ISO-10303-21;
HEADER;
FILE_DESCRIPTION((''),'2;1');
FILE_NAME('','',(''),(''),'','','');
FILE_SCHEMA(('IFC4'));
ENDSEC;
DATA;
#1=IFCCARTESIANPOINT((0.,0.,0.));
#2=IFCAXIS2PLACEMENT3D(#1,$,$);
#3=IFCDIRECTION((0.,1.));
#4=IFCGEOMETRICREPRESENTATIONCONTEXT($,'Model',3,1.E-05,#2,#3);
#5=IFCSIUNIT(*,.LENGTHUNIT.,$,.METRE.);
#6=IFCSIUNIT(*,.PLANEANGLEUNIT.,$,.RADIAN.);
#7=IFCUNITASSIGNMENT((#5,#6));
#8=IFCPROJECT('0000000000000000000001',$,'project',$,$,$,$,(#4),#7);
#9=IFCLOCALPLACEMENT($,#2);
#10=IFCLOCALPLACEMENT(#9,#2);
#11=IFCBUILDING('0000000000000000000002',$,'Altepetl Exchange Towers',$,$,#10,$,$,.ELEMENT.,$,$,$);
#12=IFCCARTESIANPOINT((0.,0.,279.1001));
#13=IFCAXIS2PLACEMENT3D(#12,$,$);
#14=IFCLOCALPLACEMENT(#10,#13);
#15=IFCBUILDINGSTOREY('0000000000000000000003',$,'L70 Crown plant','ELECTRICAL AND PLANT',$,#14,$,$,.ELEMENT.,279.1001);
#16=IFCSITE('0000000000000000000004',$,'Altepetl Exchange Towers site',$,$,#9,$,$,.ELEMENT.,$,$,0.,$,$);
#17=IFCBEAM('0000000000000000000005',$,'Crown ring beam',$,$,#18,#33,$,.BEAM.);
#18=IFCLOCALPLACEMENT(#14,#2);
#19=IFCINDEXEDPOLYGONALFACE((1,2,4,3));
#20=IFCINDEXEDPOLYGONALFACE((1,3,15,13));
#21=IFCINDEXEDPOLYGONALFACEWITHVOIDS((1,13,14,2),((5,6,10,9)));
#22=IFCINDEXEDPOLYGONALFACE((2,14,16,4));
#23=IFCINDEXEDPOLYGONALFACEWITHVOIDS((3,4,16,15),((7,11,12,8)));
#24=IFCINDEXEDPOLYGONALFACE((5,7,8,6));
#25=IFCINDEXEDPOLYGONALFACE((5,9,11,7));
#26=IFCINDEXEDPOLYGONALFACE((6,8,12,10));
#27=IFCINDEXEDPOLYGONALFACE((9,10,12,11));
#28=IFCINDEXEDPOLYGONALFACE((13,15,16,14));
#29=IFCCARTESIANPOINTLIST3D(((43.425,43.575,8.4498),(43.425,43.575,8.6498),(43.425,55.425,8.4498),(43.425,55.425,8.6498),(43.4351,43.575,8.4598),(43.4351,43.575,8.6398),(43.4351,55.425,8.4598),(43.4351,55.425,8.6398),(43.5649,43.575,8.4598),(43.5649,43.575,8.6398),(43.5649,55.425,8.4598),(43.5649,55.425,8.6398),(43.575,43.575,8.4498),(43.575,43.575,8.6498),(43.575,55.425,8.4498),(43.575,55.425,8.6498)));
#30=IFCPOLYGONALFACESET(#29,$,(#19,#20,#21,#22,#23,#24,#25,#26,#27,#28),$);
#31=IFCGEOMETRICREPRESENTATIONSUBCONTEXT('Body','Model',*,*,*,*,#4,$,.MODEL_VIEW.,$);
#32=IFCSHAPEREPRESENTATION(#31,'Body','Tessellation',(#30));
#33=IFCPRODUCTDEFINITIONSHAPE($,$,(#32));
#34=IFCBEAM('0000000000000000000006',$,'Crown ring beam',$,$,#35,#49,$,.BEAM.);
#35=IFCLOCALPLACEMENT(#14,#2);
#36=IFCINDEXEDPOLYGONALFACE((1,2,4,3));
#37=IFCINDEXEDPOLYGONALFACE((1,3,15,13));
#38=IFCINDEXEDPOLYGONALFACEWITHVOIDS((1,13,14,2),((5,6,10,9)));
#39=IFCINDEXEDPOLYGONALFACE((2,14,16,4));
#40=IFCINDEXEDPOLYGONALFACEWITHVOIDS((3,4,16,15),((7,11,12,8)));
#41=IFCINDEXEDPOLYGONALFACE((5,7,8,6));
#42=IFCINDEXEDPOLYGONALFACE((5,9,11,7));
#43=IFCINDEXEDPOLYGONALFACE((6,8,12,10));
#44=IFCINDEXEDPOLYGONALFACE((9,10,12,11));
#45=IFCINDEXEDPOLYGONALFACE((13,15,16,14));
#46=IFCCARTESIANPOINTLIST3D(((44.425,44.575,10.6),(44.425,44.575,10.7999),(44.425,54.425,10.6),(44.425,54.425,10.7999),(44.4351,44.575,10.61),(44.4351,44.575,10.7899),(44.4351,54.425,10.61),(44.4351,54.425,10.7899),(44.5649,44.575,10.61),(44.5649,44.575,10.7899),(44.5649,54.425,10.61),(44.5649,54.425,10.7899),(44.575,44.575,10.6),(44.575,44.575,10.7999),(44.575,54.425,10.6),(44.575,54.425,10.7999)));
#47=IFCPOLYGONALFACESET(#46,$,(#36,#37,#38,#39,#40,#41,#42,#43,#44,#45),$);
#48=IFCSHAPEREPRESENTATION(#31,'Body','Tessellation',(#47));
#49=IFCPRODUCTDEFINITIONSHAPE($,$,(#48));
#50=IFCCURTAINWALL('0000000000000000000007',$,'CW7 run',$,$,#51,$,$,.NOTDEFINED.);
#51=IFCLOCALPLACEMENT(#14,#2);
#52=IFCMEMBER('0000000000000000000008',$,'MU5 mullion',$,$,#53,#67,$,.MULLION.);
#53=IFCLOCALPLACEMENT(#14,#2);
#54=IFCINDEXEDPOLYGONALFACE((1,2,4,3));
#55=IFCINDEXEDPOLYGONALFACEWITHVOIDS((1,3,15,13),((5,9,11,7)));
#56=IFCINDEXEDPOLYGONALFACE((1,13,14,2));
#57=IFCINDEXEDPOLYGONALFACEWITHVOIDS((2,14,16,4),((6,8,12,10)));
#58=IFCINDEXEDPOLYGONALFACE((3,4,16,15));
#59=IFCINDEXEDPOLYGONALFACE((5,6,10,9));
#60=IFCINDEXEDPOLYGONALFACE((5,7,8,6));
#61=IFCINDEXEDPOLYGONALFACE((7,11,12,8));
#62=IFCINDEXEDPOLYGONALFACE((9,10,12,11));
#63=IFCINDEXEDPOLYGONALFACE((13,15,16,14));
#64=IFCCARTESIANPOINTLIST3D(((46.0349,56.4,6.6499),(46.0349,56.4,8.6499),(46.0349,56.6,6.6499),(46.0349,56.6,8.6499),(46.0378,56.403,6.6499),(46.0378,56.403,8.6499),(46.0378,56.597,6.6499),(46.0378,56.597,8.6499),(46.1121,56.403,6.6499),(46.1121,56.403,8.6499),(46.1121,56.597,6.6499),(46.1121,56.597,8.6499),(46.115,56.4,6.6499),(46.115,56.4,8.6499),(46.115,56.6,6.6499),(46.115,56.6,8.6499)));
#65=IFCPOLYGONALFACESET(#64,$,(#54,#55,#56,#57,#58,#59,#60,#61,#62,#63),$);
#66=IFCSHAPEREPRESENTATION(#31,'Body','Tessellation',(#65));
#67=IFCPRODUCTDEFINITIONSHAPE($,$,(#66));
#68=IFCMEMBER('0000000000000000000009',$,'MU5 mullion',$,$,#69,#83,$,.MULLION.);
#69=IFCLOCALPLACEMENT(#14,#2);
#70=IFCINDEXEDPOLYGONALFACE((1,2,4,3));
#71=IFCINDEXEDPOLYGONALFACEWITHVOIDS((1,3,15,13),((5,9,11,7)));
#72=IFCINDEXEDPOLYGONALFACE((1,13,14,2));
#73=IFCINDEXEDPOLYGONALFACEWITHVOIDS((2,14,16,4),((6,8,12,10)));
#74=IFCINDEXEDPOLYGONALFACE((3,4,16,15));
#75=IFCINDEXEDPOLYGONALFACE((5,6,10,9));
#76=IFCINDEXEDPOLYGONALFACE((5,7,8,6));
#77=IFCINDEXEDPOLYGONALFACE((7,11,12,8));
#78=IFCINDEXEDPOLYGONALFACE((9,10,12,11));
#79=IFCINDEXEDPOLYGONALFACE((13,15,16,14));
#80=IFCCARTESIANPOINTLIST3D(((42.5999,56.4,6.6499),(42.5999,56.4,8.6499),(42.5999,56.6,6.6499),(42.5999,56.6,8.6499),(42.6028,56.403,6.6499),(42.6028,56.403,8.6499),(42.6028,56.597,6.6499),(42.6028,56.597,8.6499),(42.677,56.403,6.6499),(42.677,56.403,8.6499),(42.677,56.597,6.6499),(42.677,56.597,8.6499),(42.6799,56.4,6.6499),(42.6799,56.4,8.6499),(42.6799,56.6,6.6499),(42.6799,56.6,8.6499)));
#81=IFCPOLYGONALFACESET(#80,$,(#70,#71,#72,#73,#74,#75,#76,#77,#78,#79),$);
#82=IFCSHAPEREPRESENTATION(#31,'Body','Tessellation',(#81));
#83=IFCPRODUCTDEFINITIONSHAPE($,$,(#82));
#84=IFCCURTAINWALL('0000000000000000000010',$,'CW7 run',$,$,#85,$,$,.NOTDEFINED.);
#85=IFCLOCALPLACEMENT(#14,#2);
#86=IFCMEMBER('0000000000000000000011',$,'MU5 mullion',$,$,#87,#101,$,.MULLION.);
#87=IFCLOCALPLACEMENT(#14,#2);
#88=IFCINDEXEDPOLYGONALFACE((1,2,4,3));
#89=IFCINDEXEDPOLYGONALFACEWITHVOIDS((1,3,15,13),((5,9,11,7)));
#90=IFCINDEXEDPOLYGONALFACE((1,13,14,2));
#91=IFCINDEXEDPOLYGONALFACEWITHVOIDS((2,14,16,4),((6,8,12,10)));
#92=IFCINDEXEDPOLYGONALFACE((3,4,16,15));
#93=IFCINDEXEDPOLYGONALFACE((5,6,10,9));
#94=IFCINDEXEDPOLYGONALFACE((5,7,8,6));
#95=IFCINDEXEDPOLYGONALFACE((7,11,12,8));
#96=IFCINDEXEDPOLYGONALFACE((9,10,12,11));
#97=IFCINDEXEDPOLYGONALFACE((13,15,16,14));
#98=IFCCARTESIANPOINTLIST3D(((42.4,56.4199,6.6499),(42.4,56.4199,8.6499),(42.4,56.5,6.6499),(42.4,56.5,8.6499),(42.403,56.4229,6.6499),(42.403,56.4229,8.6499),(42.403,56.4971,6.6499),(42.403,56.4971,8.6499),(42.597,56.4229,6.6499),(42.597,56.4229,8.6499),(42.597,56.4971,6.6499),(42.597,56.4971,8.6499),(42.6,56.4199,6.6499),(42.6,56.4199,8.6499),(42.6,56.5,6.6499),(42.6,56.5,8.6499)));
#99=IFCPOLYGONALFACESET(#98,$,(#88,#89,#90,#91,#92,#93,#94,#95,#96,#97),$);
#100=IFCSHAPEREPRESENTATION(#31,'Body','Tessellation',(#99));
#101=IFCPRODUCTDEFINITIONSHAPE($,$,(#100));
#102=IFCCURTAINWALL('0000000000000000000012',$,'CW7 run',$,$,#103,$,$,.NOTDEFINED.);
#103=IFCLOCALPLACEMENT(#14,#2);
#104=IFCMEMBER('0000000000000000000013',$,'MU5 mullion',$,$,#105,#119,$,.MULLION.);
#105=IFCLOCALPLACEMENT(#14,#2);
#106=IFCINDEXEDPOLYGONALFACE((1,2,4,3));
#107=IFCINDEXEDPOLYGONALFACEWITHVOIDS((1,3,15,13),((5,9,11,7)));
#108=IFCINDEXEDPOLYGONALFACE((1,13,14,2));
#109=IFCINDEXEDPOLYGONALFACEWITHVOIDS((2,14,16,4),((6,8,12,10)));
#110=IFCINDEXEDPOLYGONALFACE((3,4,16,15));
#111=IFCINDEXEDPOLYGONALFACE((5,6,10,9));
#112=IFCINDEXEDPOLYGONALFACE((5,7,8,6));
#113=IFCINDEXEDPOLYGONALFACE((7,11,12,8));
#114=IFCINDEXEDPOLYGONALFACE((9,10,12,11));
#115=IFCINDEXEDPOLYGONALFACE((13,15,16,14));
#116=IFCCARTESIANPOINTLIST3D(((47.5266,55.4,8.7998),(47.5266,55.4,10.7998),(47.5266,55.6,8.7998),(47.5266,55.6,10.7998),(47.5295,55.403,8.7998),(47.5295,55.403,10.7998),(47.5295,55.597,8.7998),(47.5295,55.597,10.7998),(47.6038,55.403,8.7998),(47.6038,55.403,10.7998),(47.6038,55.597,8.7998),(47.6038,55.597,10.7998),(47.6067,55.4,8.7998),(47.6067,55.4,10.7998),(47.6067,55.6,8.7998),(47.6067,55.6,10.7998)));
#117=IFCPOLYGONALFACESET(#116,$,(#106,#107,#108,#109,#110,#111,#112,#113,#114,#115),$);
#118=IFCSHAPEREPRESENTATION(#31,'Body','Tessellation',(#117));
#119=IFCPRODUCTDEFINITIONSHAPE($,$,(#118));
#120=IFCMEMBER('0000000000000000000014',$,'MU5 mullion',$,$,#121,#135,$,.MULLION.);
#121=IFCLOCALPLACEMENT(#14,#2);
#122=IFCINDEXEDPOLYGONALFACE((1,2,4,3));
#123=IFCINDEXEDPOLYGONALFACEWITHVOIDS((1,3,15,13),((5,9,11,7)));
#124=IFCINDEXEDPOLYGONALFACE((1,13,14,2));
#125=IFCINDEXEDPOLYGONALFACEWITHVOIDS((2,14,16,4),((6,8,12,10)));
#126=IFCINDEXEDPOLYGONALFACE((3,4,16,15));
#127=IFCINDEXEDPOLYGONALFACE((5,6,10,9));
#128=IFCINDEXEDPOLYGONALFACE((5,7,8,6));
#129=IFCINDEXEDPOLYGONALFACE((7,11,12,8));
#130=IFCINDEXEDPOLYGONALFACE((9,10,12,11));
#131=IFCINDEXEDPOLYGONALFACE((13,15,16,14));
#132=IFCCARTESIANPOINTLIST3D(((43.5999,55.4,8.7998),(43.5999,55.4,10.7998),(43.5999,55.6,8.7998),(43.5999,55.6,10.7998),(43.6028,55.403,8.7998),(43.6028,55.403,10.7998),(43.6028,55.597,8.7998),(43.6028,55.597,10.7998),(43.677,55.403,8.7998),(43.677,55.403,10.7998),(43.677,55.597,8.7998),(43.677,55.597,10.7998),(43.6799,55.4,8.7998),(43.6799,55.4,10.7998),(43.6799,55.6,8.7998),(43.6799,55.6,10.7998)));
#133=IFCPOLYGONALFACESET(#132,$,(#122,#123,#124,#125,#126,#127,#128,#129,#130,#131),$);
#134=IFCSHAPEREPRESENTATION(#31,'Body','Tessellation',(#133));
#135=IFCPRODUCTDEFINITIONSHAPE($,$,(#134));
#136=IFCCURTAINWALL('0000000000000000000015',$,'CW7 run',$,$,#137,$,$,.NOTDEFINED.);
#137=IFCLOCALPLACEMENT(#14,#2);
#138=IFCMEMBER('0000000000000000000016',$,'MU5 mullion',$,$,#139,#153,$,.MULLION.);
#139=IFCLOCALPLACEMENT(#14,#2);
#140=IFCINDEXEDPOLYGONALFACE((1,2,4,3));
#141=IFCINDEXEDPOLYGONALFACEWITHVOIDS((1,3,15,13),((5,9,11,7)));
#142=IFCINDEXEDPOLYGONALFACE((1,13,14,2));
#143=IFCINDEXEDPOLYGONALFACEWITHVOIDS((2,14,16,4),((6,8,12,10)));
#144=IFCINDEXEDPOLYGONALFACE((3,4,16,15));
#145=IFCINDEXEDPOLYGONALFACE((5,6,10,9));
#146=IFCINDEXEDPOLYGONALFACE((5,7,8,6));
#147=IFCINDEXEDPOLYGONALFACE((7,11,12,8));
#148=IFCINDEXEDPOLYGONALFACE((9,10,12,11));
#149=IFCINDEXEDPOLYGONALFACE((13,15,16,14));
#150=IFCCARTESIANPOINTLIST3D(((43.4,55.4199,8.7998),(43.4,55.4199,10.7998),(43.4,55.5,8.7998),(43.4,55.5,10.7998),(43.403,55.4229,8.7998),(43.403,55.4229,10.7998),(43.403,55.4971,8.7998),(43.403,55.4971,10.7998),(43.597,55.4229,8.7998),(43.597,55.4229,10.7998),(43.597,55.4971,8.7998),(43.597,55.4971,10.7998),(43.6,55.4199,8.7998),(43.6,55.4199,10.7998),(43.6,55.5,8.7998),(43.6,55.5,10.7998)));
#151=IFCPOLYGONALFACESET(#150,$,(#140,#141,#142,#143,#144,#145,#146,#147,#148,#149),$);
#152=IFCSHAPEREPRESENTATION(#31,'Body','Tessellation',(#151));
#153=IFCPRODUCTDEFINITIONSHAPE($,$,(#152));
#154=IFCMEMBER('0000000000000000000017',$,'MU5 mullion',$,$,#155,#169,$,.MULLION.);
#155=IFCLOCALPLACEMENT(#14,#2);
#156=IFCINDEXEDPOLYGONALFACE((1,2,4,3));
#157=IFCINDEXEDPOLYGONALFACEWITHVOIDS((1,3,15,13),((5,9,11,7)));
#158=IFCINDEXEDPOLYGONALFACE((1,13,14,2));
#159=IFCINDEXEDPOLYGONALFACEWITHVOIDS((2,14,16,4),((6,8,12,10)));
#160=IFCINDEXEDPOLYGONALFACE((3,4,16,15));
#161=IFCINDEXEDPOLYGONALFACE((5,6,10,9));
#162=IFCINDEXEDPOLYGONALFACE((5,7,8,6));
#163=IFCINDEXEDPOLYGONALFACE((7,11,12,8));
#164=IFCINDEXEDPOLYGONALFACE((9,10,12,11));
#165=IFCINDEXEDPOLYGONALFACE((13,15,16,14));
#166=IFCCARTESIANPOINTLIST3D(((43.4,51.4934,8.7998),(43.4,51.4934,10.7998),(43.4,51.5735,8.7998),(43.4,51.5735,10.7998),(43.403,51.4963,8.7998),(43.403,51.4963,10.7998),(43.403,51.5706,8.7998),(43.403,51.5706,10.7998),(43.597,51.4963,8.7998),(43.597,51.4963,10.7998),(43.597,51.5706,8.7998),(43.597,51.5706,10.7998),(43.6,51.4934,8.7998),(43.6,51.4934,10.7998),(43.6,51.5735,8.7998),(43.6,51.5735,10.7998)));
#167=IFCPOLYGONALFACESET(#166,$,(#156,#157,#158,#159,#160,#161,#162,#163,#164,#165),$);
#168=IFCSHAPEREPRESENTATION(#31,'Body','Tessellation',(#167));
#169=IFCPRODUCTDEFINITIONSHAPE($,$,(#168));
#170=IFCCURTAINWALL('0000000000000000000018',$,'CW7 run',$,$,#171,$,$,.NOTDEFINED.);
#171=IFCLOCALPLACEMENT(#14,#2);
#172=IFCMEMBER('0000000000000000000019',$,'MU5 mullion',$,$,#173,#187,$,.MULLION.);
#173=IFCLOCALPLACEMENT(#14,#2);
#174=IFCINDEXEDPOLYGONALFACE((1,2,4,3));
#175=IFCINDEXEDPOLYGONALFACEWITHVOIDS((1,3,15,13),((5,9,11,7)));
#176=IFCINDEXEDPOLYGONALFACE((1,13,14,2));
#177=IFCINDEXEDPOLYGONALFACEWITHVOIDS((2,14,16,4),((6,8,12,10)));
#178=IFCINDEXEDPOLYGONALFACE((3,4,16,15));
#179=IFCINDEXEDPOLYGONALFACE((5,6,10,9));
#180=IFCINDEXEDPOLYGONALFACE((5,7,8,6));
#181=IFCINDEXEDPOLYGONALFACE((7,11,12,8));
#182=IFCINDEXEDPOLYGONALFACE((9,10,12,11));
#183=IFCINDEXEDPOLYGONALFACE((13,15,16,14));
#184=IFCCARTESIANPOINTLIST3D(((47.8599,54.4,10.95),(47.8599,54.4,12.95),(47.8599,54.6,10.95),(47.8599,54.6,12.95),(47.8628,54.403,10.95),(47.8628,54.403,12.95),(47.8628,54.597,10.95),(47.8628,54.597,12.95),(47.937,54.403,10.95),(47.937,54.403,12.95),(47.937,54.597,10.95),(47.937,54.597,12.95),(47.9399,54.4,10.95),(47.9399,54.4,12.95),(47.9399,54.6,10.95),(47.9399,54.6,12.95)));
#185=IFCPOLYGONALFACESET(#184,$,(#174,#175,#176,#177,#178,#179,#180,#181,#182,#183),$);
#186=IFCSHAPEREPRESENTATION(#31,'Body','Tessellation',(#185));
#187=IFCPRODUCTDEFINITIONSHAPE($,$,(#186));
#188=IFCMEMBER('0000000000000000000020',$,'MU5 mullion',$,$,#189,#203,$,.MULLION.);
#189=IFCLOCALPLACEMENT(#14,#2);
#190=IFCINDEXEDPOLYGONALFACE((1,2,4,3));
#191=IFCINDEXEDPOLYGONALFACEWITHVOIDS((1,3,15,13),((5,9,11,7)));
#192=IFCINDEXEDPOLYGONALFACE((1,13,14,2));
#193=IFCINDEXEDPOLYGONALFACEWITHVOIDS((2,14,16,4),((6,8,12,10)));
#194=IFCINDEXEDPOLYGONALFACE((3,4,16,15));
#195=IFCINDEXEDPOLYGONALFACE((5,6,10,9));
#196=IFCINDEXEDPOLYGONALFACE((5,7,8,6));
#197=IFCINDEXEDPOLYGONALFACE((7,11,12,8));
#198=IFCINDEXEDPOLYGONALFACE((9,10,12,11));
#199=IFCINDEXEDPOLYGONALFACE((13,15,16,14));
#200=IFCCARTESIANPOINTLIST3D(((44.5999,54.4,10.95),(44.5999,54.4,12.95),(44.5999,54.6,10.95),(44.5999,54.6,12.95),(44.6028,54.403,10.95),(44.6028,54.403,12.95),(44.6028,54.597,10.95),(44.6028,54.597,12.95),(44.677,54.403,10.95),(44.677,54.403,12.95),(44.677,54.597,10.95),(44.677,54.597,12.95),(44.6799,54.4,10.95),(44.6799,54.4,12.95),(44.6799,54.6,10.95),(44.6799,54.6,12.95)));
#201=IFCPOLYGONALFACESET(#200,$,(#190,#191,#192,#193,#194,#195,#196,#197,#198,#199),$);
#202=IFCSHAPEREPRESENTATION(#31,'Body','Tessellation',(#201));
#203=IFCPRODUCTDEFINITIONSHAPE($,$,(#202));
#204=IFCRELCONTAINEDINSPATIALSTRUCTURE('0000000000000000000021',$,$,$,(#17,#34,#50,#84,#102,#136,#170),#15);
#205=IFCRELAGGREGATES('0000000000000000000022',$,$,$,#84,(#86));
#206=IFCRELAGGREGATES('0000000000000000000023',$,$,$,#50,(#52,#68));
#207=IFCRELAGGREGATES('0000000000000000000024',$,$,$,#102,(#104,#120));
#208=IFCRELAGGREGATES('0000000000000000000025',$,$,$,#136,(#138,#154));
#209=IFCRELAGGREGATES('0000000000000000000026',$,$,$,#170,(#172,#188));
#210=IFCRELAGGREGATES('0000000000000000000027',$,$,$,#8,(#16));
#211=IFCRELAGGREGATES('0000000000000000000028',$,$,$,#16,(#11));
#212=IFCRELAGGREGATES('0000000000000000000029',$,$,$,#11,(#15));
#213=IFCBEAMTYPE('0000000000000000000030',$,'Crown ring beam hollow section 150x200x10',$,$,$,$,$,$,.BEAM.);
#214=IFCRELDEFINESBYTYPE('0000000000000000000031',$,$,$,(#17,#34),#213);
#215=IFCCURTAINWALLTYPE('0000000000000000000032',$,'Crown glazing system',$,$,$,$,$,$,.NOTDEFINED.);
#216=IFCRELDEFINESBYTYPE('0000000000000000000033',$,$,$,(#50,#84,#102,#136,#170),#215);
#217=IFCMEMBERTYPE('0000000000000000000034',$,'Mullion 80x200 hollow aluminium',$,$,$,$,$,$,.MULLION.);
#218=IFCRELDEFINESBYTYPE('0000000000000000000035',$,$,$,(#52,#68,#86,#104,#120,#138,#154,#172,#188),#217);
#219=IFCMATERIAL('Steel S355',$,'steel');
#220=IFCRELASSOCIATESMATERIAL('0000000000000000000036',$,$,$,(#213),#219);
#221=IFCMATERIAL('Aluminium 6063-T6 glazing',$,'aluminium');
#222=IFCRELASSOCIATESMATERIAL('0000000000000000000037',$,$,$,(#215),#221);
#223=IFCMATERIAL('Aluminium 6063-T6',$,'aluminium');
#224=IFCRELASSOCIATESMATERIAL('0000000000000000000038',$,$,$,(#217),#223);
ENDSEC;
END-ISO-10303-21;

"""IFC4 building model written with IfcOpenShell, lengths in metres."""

from ifc_helpers import new_model, si_unit, direction, frame, origin, origin_2d, place, context, subcontext, project, spatial, hollow_rectangle, extrude, material, material_profile, profile_set, type_object, element, aggregate, save


model = new_model("IFC4")

# Units and contexts
model_context = context("Model", 3, precision=1e-05, world=origin(), true_north=direction((0.0, 1.0)))
body_context = subcontext(model_context, "Body", "Model", "MODEL_VIEW")
ifc_project = project(units=[si_unit("LENGTHUNIT", "METRE"), si_unit("PLANEANGLEUNIT", "RADIAN")], contexts=[model_context])

# Site, building, storey
site_placement = place(None, origin())
site = spatial("IfcSite", under=ifc_project, at=site_placement, Name="Altepetl Exchange Towers site", CompositionType="ELEMENT", RefElevation=0.0)
building_placement = place(site_placement, origin())
building = spatial("IfcBuilding", under=site, at=building_placement, Name="Altepetl Exchange Towers", CompositionType="ELEMENT")
storey_placement = place(building_placement, frame((0.0, 0.0, 279.1001)))
storey = spatial("IfcBuildingStorey", under=building, at=storey_placement, Name="L70 Crown plant", Description="ELECTRICAL AND PLANT", CompositionType="ELEMENT", Elevation=279.1001)

# Beams
ifc_material_1 = material(Name="Steel S355", Category="steel")
ifc_material_profile_1 = material_profile(ifc_material_1, hollow_rectangle(XDim=0.1499, YDim=0.2, WallThickness=0.01, at=origin_2d()), Name="RHS 200x150x10")
ifc_profile_set_1 = profile_set([ifc_material_profile_1], Name="Steel S355")
beam_type = type_object("IfcBeamType", Name="Crown ring beam hollow section 150x200x10", PredefinedType="BEAM", material=ifc_profile_set_1)
beam_1_placement = place(storey_placement, frame((43.5, 55.425, 8.5498), z_axis=(0.0, -1.0, 0.0), x_axis=(1.0, 0.0, 0.0)))
element("IfcBeam", 1, at=beam_1_placement, inside=storey, type_object=beam_type, Name="Crown ring beam", PredefinedType="BEAM", context=body_context, shape_type="SweptSolid", body=[
    extrude(hollow_rectangle(XDim=0.1499, YDim=0.2, WallThickness=0.01, at=origin_2d()), origin(), (0.0, 0.0, 1.0), 11.8501),
])
beam_2_placement = place(storey_placement, frame((44.5, 54.425, 10.7), z_axis=(0.0, -1.0, 0.0), x_axis=(1.0, 0.0, 0.0)))
element("IfcBeam", 2, at=beam_2_placement, inside=storey, type_object=beam_type, Name="Crown ring beam", PredefinedType="BEAM", context=body_context, shape_type="SweptSolid", body=[
    extrude(hollow_rectangle(XDim=0.1499, YDim=0.2, WallThickness=0.01, at=origin_2d()), origin(), (0.0, 0.0, 1.0), 9.8501),
])

# Curtain wall, members
ifc_material_2 = material(Name="Aluminium 6063-T6 glazing", Category="aluminium")
curtain_wall_type = type_object("IfcCurtainWallType", Name="Crown glazing system", PredefinedType="NOTDEFINED", material=ifc_material_2)
curtain_wall_1_placement = place(storey_placement, origin())
curtain_wall_1 = element("IfcCurtainWall", 3, at=curtain_wall_1_placement, inside=storey, type_object=curtain_wall_type, Name="CW7 run", PredefinedType="NOTDEFINED")
ifc_material_3 = material(Name="Aluminium 6063-T6", Category="aluminium")
ifc_material_profile_2 = material_profile(ifc_material_3, hollow_rectangle(XDim=0.0801, YDim=0.2, WallThickness=0.0029, at=origin_2d()), Name="Mullion 80x200 hollow aluminium")
ifc_profile_set_2 = profile_set([ifc_material_profile_2], Name="Aluminium 6063-T6")
member_type = type_object("IfcMemberType", Name="Mullion 80x200 hollow aluminium", PredefinedType="MULLION", material=ifc_profile_set_2)
member_1_placement = place(storey_placement, frame((46.075, 56.5, 6.6499), z_axis=(0.0, 0.0, 1.0), x_axis=(-1.0, 0.0, 0.0)))
member_1 = element("IfcMember", 4, at=member_1_placement, type_object=member_type, Name="MU5 mullion", PredefinedType="MULLION", context=body_context, shape_type="SweptSolid", body=[
    extrude(hollow_rectangle(XDim=0.0801, YDim=0.2, WallThickness=0.0029, at=origin_2d()), origin(), (0.0, 0.0, 1.0), 2.0),
])
member_2_placement = place(storey_placement, frame((42.6399, 56.5, 6.6499), z_axis=(0.0, 0.0, 1.0), x_axis=(-1.0, 0.0, 0.0)))
member_2 = element("IfcMember", 5, at=member_2_placement, type_object=member_type, Name="MU5 mullion", PredefinedType="MULLION", context=body_context, shape_type="SweptSolid", body=[
    extrude(hollow_rectangle(XDim=0.0801, YDim=0.2, WallThickness=0.0029, at=origin_2d()), origin(), (0.0, 0.0, 1.0), 2.0),
])

# Curtain wall, member
curtain_wall_2_placement = place(storey_placement, origin())
curtain_wall_2 = element("IfcCurtainWall", 6, at=curtain_wall_2_placement, inside=storey, type_object=curtain_wall_type, Name="CW7 run", PredefinedType="NOTDEFINED")
member_3_placement = place(storey_placement, frame((42.5, 56.46, 6.6499), z_axis=(0.0, 0.0, 1.0), x_axis=(0.0, -1.0, 0.0)))
member_3 = element("IfcMember", 7, at=member_3_placement, type_object=member_type, Name="MU5 mullion", PredefinedType="MULLION", context=body_context, shape_type="SweptSolid", body=[
    extrude(hollow_rectangle(XDim=0.0801, YDim=0.2, WallThickness=0.0029, at=origin_2d()), origin(), (0.0, 0.0, 1.0), 2.0),
])
aggregate(curtain_wall_2, [member_3])

# Curtain walls, members
curtain_wall_3_placement = place(storey_placement, origin())
curtain_wall_3 = element("IfcCurtainWall", 8, at=curtain_wall_3_placement, inside=storey, type_object=curtain_wall_type, Name="CW7 run", PredefinedType="NOTDEFINED")
member_4_placement = place(storey_placement, frame((47.5667, 55.5, 8.7998), z_axis=(0.0, 0.0, 1.0), x_axis=(-1.0, 0.0, 0.0)))
member_4 = element("IfcMember", 9, at=member_4_placement, type_object=member_type, Name="MU5 mullion", PredefinedType="MULLION", context=body_context, shape_type="SweptSolid", body=[
    extrude(hollow_rectangle(XDim=0.0801, YDim=0.2, WallThickness=0.0029, at=origin_2d()), origin(), (0.0, 0.0, 1.0), 2.0),
])
member_5_placement = place(storey_placement, frame((43.6399, 55.5, 8.7998), z_axis=(0.0, 0.0, 1.0), x_axis=(-1.0, 0.0, 0.0)))
member_5 = element("IfcMember", 10, at=member_5_placement, type_object=member_type, Name="MU5 mullion", PredefinedType="MULLION", context=body_context, shape_type="SweptSolid", body=[
    extrude(hollow_rectangle(XDim=0.0801, YDim=0.2, WallThickness=0.0029, at=origin_2d()), origin(), (0.0, 0.0, 1.0), 2.0),
])
curtain_wall_4_placement = place(storey_placement, origin())
curtain_wall_4 = element("IfcCurtainWall", 11, at=curtain_wall_4_placement, inside=storey, type_object=curtain_wall_type, Name="CW7 run", PredefinedType="NOTDEFINED")
member_6_placement = place(storey_placement, frame((43.5, 55.46, 8.7998), z_axis=(0.0, 0.0, 1.0), x_axis=(0.0, -1.0, 0.0)))
member_6 = element("IfcMember", 12, at=member_6_placement, type_object=member_type, Name="MU5 mullion", PredefinedType="MULLION", context=body_context, shape_type="SweptSolid", body=[
    extrude(hollow_rectangle(XDim=0.0801, YDim=0.2, WallThickness=0.0029, at=origin_2d()), origin(), (0.0, 0.0, 1.0), 2.0),
])
member_7_placement = place(storey_placement, frame((43.5, 51.5334, 8.7998), z_axis=(0.0, 0.0, 1.0), x_axis=(0.0, -1.0, 0.0)))
member_7 = element("IfcMember", 13, at=member_7_placement, type_object=member_type, Name="MU5 mullion", PredefinedType="MULLION", context=body_context, shape_type="SweptSolid", body=[
    extrude(hollow_rectangle(XDim=0.0801, YDim=0.2, WallThickness=0.0029, at=origin_2d()), origin(), (0.0, 0.0, 1.0), 2.0),
])
curtain_wall_5_placement = place(storey_placement, origin())
curtain_wall_5 = element("IfcCurtainWall", 14, at=curtain_wall_5_placement, inside=storey, type_object=curtain_wall_type, Name="CW7 run", PredefinedType="NOTDEFINED")
member_8_placement = place(storey_placement, frame((47.8999, 54.5, 10.95), z_axis=(0.0, 0.0, 1.0), x_axis=(-1.0, 0.0, 0.0)))
member_8 = element("IfcMember", 15, at=member_8_placement, type_object=member_type, Name="MU5 mullion", PredefinedType="MULLION", context=body_context, shape_type="SweptSolid", body=[
    extrude(hollow_rectangle(XDim=0.0801, YDim=0.2, WallThickness=0.0029, at=origin_2d()), origin(), (0.0, 0.0, 1.0), 2.0),
])
member_9_placement = place(storey_placement, frame((44.6399, 54.5, 10.95), z_axis=(0.0, 0.0, 1.0), x_axis=(-1.0, 0.0, 0.0)))
member_9 = element("IfcMember", 16, at=member_9_placement, type_object=member_type, Name="MU5 mullion", PredefinedType="MULLION", context=body_context, shape_type="SweptSolid", body=[
    extrude(hollow_rectangle(XDim=0.0801, YDim=0.2, WallThickness=0.0029, at=origin_2d()), origin(), (0.0, 0.0, 1.0), 2.0),
])

aggregate(curtain_wall_1, [member_1, member_2])
aggregate(curtain_wall_3, [member_4, member_5])
aggregate(curtain_wall_4, [member_6, member_7])
aggregate(curtain_wall_5, [member_8, member_9])

save(model, "model.ifc")
